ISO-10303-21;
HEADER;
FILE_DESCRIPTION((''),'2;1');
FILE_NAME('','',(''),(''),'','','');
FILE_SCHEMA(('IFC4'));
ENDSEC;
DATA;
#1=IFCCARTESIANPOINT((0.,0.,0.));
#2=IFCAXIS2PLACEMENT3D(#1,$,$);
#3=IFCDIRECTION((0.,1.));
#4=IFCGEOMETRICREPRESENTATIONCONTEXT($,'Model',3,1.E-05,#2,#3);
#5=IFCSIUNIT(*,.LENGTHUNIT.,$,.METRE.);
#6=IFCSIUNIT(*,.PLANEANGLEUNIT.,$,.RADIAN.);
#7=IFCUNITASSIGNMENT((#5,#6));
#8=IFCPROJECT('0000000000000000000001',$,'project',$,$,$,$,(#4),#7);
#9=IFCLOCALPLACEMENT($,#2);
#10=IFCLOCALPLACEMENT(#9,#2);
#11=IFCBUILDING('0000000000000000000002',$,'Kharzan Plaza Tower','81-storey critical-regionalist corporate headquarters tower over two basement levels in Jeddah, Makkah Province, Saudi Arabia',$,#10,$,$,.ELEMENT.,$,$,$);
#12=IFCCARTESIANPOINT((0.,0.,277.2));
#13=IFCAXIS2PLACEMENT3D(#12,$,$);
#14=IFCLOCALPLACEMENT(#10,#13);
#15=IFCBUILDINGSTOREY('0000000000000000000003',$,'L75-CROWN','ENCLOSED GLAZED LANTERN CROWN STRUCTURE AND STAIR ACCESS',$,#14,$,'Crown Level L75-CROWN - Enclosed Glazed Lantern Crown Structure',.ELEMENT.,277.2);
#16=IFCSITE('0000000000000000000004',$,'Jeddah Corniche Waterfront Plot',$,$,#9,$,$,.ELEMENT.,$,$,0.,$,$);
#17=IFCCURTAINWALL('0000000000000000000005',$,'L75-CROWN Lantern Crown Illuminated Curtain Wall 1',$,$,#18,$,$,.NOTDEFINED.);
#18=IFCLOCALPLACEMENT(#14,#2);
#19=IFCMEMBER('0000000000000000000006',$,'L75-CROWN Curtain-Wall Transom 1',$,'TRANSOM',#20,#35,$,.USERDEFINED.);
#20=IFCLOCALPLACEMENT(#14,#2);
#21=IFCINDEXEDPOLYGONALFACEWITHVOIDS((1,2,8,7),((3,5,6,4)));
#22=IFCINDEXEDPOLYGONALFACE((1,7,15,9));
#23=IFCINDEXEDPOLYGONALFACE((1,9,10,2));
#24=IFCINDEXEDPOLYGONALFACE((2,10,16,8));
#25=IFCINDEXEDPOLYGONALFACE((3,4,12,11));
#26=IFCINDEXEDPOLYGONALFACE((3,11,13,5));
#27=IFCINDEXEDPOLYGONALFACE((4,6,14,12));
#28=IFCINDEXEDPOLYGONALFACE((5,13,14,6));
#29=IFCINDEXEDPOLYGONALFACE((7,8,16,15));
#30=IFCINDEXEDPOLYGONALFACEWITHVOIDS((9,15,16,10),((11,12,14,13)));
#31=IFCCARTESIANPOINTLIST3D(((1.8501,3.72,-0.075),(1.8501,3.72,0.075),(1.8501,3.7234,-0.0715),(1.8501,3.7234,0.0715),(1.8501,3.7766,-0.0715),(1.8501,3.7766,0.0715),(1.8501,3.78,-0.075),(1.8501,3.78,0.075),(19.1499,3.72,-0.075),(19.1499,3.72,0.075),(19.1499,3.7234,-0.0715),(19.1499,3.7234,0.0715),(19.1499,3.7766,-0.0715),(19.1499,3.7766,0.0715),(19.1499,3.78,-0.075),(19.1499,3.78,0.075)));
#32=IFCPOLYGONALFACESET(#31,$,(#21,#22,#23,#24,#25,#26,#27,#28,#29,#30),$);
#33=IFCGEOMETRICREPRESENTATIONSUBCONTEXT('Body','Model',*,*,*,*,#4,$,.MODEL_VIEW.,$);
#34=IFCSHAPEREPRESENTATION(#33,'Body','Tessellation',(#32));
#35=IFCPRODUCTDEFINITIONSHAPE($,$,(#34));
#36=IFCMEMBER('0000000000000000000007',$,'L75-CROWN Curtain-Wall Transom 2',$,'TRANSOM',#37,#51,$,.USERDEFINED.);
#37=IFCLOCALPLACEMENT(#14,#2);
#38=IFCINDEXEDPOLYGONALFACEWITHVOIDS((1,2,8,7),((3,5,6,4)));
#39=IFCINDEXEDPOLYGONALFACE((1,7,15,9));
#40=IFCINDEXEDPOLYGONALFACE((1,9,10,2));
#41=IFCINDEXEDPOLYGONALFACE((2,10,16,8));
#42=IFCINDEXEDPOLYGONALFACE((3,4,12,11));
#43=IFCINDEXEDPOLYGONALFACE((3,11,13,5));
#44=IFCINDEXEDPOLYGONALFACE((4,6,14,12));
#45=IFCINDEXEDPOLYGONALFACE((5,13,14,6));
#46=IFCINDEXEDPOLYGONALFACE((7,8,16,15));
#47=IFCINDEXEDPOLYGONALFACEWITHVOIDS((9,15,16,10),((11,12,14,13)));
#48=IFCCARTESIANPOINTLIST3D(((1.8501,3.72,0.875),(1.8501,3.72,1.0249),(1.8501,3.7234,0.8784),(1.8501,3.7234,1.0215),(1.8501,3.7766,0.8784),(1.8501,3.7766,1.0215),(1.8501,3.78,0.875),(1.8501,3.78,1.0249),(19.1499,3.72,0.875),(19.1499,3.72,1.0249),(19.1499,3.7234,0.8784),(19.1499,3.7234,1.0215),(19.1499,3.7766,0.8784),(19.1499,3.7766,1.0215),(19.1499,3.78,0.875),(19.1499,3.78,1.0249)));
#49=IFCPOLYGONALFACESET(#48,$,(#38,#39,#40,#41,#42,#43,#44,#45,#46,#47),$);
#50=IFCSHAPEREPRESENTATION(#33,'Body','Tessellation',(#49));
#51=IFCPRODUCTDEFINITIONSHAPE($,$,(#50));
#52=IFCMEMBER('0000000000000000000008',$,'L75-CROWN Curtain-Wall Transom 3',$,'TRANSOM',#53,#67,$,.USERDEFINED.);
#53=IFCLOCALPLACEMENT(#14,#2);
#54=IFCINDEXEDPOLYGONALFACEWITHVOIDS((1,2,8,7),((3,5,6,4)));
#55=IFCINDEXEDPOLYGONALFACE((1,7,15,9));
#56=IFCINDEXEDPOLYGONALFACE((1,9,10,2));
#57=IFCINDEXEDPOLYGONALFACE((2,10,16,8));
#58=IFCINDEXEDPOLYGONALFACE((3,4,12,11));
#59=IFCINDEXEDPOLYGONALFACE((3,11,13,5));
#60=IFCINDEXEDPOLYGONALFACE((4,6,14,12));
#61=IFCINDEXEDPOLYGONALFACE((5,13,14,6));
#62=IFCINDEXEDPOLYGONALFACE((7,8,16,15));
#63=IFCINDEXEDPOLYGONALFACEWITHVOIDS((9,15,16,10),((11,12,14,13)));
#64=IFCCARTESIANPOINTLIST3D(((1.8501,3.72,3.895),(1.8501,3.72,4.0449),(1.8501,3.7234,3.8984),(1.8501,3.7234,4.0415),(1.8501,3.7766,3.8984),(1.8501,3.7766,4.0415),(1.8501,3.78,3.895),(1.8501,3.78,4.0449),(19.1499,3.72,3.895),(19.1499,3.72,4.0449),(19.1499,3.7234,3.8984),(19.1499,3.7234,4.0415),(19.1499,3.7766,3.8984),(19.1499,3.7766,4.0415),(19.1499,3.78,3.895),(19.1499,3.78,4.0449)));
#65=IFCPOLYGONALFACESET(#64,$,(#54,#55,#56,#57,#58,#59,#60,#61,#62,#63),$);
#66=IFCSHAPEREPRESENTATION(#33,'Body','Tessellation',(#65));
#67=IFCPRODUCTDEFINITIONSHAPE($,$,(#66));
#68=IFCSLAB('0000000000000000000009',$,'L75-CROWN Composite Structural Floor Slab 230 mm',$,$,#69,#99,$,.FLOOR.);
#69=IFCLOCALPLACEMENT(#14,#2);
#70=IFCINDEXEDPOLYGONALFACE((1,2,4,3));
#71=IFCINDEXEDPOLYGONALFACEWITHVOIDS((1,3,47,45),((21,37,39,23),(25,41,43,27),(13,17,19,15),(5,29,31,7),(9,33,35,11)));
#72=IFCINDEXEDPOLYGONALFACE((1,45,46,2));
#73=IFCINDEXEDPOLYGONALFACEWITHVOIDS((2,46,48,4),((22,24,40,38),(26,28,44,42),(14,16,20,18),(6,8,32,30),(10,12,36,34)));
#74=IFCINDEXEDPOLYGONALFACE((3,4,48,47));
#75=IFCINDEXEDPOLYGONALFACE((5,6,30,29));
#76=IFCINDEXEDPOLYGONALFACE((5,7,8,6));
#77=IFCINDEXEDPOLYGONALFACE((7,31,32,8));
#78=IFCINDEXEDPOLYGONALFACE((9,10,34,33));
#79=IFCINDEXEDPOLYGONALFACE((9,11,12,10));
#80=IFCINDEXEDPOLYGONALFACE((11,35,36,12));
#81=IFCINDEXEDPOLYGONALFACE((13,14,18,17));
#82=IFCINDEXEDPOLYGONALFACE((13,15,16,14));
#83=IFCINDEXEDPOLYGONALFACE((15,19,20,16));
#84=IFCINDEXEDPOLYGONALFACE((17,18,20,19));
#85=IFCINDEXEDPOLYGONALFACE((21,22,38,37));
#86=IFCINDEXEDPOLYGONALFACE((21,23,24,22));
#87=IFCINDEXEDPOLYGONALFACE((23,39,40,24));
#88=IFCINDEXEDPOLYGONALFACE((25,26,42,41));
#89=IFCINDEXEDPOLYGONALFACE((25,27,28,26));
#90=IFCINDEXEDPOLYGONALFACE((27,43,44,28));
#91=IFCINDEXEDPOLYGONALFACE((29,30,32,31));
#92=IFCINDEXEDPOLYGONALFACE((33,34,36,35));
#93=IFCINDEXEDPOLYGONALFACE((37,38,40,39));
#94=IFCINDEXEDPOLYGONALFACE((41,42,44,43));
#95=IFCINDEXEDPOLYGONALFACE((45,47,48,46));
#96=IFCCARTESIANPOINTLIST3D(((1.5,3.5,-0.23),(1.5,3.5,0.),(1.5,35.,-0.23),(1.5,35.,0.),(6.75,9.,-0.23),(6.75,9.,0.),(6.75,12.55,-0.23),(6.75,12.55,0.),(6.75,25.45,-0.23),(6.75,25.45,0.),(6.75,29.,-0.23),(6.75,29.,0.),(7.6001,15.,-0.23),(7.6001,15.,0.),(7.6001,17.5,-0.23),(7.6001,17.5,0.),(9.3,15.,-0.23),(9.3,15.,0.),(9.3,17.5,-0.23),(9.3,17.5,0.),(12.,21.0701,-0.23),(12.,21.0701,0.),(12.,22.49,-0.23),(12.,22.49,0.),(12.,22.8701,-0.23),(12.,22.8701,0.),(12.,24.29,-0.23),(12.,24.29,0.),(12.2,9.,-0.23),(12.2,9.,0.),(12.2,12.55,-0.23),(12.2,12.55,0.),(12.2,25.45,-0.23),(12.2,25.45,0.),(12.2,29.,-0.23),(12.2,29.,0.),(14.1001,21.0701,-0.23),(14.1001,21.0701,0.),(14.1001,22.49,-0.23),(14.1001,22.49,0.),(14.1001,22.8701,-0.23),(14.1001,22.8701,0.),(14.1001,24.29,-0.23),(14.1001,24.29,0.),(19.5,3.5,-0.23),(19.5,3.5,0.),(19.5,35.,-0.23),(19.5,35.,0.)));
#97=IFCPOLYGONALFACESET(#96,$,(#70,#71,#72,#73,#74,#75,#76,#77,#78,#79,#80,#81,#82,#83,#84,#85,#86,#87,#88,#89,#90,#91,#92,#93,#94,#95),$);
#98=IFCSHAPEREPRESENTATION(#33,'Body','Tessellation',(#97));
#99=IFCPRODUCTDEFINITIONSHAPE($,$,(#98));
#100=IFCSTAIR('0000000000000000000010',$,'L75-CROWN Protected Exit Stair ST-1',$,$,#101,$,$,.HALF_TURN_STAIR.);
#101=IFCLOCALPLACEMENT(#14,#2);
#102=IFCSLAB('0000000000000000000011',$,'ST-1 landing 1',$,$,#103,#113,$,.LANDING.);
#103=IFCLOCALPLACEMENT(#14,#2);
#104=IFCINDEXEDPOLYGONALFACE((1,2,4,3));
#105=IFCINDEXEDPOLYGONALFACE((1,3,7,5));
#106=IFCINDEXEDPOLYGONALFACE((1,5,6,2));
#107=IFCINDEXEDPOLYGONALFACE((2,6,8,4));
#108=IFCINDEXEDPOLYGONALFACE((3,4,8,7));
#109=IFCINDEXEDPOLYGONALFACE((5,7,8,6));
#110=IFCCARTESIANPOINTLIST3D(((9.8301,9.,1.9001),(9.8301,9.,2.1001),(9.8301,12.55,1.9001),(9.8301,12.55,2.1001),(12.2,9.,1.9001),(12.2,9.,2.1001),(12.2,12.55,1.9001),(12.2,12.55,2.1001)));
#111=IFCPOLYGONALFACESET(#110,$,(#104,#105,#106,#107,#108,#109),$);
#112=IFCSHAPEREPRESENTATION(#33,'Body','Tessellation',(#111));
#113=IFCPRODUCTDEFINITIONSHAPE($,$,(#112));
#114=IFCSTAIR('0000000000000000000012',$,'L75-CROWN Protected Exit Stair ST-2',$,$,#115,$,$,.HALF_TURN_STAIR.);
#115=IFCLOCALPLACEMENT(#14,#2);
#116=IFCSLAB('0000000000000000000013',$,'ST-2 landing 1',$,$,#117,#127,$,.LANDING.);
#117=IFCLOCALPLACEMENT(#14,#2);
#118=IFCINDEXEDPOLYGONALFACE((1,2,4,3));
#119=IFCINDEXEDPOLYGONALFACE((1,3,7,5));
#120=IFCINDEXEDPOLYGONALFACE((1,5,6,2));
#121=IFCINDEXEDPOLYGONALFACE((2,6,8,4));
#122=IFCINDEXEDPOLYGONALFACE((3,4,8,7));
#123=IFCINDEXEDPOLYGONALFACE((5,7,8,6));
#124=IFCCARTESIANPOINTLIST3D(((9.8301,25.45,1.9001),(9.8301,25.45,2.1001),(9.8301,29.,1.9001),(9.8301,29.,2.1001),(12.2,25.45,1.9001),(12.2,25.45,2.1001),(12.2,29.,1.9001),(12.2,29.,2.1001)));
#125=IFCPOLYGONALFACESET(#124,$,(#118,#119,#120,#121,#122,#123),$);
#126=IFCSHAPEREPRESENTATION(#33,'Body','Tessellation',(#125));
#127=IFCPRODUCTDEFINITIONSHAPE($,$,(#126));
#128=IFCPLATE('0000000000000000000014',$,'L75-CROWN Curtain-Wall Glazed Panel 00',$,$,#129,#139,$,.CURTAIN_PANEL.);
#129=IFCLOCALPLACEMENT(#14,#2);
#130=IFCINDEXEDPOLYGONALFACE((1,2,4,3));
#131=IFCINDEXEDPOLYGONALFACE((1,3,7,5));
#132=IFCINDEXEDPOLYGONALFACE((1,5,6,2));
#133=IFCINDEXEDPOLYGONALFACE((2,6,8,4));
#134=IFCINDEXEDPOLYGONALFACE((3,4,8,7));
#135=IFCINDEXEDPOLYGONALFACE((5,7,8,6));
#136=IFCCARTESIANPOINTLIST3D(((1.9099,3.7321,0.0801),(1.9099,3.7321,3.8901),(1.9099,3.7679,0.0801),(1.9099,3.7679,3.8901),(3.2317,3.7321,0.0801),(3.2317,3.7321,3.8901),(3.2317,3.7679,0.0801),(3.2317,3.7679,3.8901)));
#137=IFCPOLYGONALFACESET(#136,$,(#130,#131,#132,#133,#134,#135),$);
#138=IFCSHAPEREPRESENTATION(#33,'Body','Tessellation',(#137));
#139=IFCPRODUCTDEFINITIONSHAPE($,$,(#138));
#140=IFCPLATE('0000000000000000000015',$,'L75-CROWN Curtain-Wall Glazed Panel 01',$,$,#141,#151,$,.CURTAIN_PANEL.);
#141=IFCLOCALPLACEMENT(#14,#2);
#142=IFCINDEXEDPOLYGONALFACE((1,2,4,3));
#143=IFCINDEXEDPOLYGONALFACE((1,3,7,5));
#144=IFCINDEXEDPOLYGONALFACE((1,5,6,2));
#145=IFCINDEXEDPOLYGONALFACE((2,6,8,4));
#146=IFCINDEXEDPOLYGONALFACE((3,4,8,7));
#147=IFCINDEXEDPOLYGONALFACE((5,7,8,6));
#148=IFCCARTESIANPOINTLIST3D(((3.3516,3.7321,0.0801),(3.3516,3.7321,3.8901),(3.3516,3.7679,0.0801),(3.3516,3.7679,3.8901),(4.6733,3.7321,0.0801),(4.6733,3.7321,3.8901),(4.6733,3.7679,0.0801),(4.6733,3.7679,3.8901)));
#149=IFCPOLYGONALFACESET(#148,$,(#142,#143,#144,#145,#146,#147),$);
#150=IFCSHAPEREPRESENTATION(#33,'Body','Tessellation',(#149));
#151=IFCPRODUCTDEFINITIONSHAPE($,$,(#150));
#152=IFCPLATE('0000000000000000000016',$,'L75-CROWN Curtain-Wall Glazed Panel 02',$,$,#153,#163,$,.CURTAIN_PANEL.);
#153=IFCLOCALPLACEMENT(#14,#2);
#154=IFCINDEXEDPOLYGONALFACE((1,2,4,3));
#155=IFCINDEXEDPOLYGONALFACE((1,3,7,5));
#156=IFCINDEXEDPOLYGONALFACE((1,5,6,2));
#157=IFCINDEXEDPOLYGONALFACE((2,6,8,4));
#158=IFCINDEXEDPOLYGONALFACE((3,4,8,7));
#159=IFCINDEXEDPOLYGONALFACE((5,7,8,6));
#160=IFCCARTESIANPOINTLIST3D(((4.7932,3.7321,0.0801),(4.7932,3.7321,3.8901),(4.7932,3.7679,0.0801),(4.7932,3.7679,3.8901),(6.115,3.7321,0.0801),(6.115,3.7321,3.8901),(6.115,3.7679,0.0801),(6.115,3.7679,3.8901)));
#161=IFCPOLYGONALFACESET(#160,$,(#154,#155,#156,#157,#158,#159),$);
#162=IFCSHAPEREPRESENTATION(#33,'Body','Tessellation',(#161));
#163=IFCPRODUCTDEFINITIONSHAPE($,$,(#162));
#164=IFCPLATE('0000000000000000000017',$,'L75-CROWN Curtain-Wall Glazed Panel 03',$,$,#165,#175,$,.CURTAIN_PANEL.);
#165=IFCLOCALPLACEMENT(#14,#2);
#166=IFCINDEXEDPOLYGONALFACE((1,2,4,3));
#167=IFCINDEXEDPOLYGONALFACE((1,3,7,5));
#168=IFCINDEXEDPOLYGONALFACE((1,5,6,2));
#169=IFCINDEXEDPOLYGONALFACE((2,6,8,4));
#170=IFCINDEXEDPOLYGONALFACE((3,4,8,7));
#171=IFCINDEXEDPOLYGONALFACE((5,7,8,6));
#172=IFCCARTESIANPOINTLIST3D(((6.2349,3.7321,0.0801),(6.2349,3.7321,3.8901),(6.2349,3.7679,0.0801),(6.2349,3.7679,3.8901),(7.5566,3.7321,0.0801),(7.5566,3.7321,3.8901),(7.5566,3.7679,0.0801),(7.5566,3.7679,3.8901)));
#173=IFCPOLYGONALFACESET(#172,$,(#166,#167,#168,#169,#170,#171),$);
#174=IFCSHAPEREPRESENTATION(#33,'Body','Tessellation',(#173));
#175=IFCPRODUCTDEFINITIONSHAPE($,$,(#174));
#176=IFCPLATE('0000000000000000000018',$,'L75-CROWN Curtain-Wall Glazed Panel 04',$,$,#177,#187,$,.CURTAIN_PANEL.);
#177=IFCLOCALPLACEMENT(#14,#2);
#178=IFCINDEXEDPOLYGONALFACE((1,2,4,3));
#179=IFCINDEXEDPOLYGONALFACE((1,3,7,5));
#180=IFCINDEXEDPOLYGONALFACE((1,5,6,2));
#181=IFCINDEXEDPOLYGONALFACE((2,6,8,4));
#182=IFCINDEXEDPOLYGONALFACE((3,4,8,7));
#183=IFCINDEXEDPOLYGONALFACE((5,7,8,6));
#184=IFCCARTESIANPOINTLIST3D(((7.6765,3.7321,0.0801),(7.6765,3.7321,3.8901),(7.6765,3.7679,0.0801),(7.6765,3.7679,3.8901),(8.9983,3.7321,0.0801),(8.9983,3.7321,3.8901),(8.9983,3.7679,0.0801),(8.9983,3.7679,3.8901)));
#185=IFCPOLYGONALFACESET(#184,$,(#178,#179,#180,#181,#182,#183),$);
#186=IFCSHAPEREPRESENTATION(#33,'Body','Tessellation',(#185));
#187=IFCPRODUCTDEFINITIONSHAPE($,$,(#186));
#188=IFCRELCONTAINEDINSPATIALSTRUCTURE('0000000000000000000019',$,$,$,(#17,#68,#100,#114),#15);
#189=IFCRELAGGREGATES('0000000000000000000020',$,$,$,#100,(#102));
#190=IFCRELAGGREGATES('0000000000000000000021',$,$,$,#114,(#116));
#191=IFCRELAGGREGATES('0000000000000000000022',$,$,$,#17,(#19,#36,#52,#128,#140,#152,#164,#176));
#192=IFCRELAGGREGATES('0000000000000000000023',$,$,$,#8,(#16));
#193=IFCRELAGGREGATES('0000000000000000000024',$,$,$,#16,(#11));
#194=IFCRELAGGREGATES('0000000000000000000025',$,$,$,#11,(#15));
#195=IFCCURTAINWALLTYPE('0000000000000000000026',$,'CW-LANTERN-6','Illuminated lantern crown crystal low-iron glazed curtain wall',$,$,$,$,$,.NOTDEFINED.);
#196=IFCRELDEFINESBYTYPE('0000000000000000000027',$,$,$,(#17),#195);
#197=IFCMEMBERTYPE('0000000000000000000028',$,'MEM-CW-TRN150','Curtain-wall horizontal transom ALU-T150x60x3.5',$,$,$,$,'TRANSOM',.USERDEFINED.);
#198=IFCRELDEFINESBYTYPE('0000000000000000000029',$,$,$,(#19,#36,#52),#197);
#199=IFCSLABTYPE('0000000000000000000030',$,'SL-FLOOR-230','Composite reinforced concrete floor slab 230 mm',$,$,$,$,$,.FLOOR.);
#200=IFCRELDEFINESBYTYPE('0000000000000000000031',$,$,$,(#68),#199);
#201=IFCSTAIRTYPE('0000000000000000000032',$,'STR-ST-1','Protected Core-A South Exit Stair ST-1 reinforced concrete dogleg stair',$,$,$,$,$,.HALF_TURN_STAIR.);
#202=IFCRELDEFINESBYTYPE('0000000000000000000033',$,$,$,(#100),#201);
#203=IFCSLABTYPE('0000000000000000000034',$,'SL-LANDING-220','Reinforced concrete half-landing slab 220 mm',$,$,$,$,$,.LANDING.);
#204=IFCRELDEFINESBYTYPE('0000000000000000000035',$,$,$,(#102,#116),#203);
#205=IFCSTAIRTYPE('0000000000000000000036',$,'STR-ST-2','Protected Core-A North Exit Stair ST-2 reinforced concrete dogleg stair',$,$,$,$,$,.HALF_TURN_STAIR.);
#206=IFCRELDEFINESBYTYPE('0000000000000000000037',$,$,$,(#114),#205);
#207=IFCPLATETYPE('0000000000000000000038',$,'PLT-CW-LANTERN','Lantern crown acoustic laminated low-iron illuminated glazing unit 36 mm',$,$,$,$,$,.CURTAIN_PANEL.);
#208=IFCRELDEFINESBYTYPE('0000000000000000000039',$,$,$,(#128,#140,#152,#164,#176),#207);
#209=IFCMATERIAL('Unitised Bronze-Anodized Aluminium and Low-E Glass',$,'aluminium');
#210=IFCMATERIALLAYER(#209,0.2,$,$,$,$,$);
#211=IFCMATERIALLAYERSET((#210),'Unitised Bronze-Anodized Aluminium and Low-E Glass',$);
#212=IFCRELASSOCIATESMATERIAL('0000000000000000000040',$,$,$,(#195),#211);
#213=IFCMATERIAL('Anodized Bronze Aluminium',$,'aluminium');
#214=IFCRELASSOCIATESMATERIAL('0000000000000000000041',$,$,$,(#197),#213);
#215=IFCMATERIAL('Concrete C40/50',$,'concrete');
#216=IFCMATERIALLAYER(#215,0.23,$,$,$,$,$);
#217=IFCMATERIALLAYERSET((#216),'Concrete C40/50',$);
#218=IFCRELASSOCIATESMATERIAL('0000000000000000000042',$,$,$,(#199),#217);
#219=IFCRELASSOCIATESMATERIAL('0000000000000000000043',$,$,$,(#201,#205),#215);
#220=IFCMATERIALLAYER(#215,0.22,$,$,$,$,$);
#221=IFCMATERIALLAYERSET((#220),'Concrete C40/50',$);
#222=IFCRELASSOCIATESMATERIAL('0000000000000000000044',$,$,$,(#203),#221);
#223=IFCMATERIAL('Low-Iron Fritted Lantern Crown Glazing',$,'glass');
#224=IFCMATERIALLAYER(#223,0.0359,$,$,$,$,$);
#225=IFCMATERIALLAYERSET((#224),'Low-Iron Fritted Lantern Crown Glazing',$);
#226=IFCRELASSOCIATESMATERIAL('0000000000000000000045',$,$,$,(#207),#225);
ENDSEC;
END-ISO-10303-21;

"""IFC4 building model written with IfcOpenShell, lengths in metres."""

from ifc_helpers import new_model, si_unit, direction, frame, origin, origin_2d, place, context, subcontext, project, spatial, polyline, rectangle, hollow_rectangle, outline, extrude, source, transform, mapped, material, layer, layer_set, material_profile, profile_set, type_object, element, aggregate, save


model = new_model("IFC4")

# Units and contexts
model_context = context("Model", 3, precision=1e-05, world=origin(), true_north=direction((0.0, 1.0)))
body_context = subcontext(model_context, "Body", "Model", "MODEL_VIEW")
ifc_project = project(units=[si_unit("LENGTHUNIT", "METRE"), si_unit("PLANEANGLEUNIT", "RADIAN")], contexts=[model_context])

# Site, building, storey
site_placement = place(None, origin())
site = spatial("IfcSite", under=ifc_project, at=site_placement, Name="Jeddah Corniche Waterfront Plot", CompositionType="ELEMENT", RefElevation=0.0)
building_placement = place(site_placement, origin())
building = spatial("IfcBuilding", under=site, at=building_placement, Name="Kharzan Plaza Tower", Description="81-storey critical-regionalist corporate headquarters tower over two basement levels in Jeddah, Makkah Province, Saudi Arabia", CompositionType="ELEMENT")
storey_placement = place(building_placement, frame((0.0, 0.0, 277.2)))
storey = spatial("IfcBuildingStorey", under=building, at=storey_placement, Name="L75-CROWN", Description="ENCLOSED GLAZED LANTERN CROWN STRUCTURE AND STAIR ACCESS", LongName="Crown Level L75-CROWN - Enclosed Glazed Lantern Crown Structure", CompositionType="ELEMENT", Elevation=277.2)

# Curtain wall
ifc_material_1 = material(Name="Unitised Bronze-Anodized Aluminium and Low-E Glass", Category="aluminium")
ifc_layer_1 = layer(ifc_material_1, 0.2)
ifc_layer_set_1 = layer_set([ifc_layer_1], Name="Unitised Bronze-Anodized Aluminium and Low-E Glass")
curtain_wall_type = type_object("IfcCurtainWallType", Name="CW-LANTERN-6", Description="Illuminated lantern crown crystal low-iron glazed curtain wall", PredefinedType="NOTDEFINED", material=ifc_layer_set_1)
curtain_wall_1_placement = place(storey_placement, origin())
curtain_wall_1 = element("IfcCurtainWall", 1, at=curtain_wall_1_placement, inside=storey, type_object=curtain_wall_type, Name="L75-CROWN Lantern Crown Illuminated Curtain Wall 1", PredefinedType="NOTDEFINED")
ifc_material_2 = material(Name="Anodized Bronze Aluminium", Category="aluminium")

# Members
ifc_material_profile_1 = material_profile(ifc_material_2, hollow_rectangle(XDim=0.0601, YDim=0.1499, WallThickness=0.0034, at=origin_2d()), Name="ALU-T150x60x3.5")
ifc_profile_set_1 = profile_set([ifc_material_profile_1], Name="Anodized Bronze Aluminium")
member_type_1 = type_object("IfcMemberType", Name="MEM-CW-TRN150", Description="Curtain-wall horizontal transom ALU-T150x60x3.5", ElementType="TRANSOM", PredefinedType="USERDEFINED", material=ifc_profile_set_1)
shared_shape_1 = source(origin(), body_context, "Body", "SweptSolid", [
    extrude(hollow_rectangle(XDim=0.0601, YDim=0.1499, WallThickness=0.0034, at=origin_2d()), origin(), (0.0, 0.0, 1.0), 17.2998),
])
member_1_placement = place(storey_placement, frame((1.8501, 3.75, 0.0), z_axis=(1.0, 0.0, 0.0), x_axis=(0.0, 1.0, 0.0)))
member_1 = element("IfcMember", 2, at=member_1_placement, type_object=member_type_1, Name="L75-CROWN Curtain-Wall Transom 1", ObjectType="TRANSOM", PredefinedType="USERDEFINED", context=body_context, shape_type="MappedRepresentation", body=[
    mapped(shared_shape_1, transform((0.0, 0.0, 0.0), x_axis=(1.0, 0.0, 0.0), y_axis=(0.0, 1.0, 0.0), z_axis=(0.0, 0.0, 1.0))),
])
member_2_placement = place(storey_placement, frame((1.8501, 3.75, 0.95), z_axis=(1.0, 0.0, 0.0), x_axis=(0.0, 1.0, 0.0)))
member_2 = element("IfcMember", 3, at=member_2_placement, type_object=member_type_1, Name="L75-CROWN Curtain-Wall Transom 2", ObjectType="TRANSOM", PredefinedType="USERDEFINED", context=body_context, shape_type="MappedRepresentation", body=[
    mapped(shared_shape_1, transform((0.0, 0.0, 0.0), x_axis=(1.0, 0.0, 0.0), y_axis=(0.0, 1.0, 0.0), z_axis=(0.0, 0.0, 1.0))),
])
member_3_placement = place(storey_placement, frame((1.8501, 3.75, 3.97), z_axis=(1.0, 0.0, 0.0), x_axis=(0.0, 1.0, 0.0)))
member_3 = element("IfcMember", 4, at=member_3_placement, type_object=member_type_1, Name="L75-CROWN Curtain-Wall Transom 3", ObjectType="TRANSOM", PredefinedType="USERDEFINED", context=body_context, shape_type="MappedRepresentation", body=[
    mapped(shared_shape_1, transform((0.0, 0.0, 0.0), x_axis=(1.0, 0.0, 0.0), y_axis=(0.0, 1.0, 0.0), z_axis=(0.0, 0.0, 1.0))),
])

# Slab
ifc_material_3 = material(Name="Concrete C40/50", Category="concrete")
ifc_layer_2 = layer(ifc_material_3, 0.23)
ifc_layer_set_2 = layer_set([ifc_layer_2], Name="Concrete C40/50")
slab_type_1 = type_object("IfcSlabType", Name="SL-FLOOR-230", Description="Composite reinforced concrete floor slab 230 mm", PredefinedType="FLOOR", material=ifc_layer_set_2)
slab_1_placement = place(storey_placement, frame((0.0, 0.0, -0.23)))
element("IfcSlab", 5, at=slab_1_placement, inside=storey, type_object=slab_type_1, Name="L75-CROWN Composite Structural Floor Slab 230 mm", PredefinedType="FLOOR", context=body_context, shape_type="SweptSolid", body=[
    extrude(outline(polyline([(1.5, 3.5), (19.5, 3.5), (19.5, 35.0), (1.5, 35.0), (1.5, 3.5)]), holes=[polyline([(6.75, 12.55), (6.75, 9.0), (12.2, 9.0), (12.2, 12.55), (6.75, 12.55)]), polyline([(7.6001, 17.5), (7.6001, 15.0), (9.3, 15.0), (9.3, 17.5), (7.6001, 17.5)]), polyline([(12.0, 22.49), (12.0, 21.0701), (14.1001, 21.0701), (14.1001, 22.49), (12.0, 22.49)]), polyline([(14.1001, 24.29), (12.0, 24.29), (12.0, 22.8701), (14.1001, 22.8701), (14.1001, 24.29)]), polyline([(12.2, 29.0), (6.75, 29.0), (6.75, 25.45), (12.2, 25.45), (12.2, 29.0)])]), origin(), (0.0, 0.0, 1.0), 0.23),
])

# Stairs, slabs
stair_type_1 = type_object("IfcStairType", Name="STR-ST-1", Description="Protected Core-A South Exit Stair ST-1 reinforced concrete dogleg stair", PredefinedType="HALF_TURN_STAIR", material=ifc_material_3)
stair_1_placement = place(storey_placement, origin())
stair_1 = element("IfcStair", 6, at=stair_1_placement, inside=storey, type_object=stair_type_1, Name="L75-CROWN Protected Exit Stair ST-1", PredefinedType="HALF_TURN_STAIR")
ifc_layer_3 = layer(ifc_material_3, 0.22)
ifc_layer_set_3 = layer_set([ifc_layer_3], Name="Concrete C40/50")
slab_type_2 = type_object("IfcSlabType", Name="SL-LANDING-220", Description="Reinforced concrete half-landing slab 220 mm", PredefinedType="LANDING", material=ifc_layer_set_3)
slab_2_placement = place(storey_placement, frame((0.0, 0.0, 1.9001)))
slab_2 = element("IfcSlab", 7, at=slab_2_placement, type_object=slab_type_2, Name="ST-1 landing 1", PredefinedType="LANDING", context=body_context, shape_type="SweptSolid", body=[
    extrude(outline(polyline([(9.8301, 9.0), (12.2, 9.0), (12.2, 12.55), (9.8301, 12.55), (9.8301, 9.0)])), origin(), (0.0, 0.0, 1.0), 0.2),
])
aggregate(stair_1, [slab_2])
stair_type_2 = type_object("IfcStairType", Name="STR-ST-2", Description="Protected Core-A North Exit Stair ST-2 reinforced concrete dogleg stair", PredefinedType="HALF_TURN_STAIR", material=ifc_material_3)
stair_2_placement = place(storey_placement, origin())
stair_2 = element("IfcStair", 8, at=stair_2_placement, inside=storey, type_object=stair_type_2, Name="L75-CROWN Protected Exit Stair ST-2", PredefinedType="HALF_TURN_STAIR")
slab_3_placement = place(storey_placement, frame((0.0, 0.0, 1.9001)))
slab_3 = element("IfcSlab", 9, at=slab_3_placement, type_object=slab_type_2, Name="ST-2 landing 1", PredefinedType="LANDING", context=body_context, shape_type="SweptSolid", body=[
    extrude(outline(polyline([(9.8301, 25.45), (12.2, 25.45), (12.2, 29.0), (9.8301, 29.0), (9.8301, 25.45)])), origin(), (0.0, 0.0, 1.0), 0.2),
])
aggregate(stair_2, [slab_3])

# Plates
ifc_material_4 = material(Name="Low-Iron Fritted Lantern Crown Glazing", Category="glass")
ifc_layer_4 = layer(ifc_material_4, 0.0359)
ifc_layer_set_4 = layer_set([ifc_layer_4], Name="Low-Iron Fritted Lantern Crown Glazing")
plate_type = type_object("IfcPlateType", Name="PLT-CW-LANTERN", Description="Lantern crown acoustic laminated low-iron illuminated glazing unit 36 mm", PredefinedType="CURTAIN_PANEL", material=ifc_layer_set_4)
shared_shape_2 = source(origin(), body_context, "Body", "SweptSolid", [
    extrude(rectangle(XDim=1.3218, YDim=0.0359, at=origin_2d()), origin(), (0.0, 0.0, 1.0), 3.8101),
])
plate_1_placement = place(storey_placement, frame((2.5708, 3.75, 0.0801), z_axis=(0.0, 0.0, 1.0), x_axis=(1.0, 0.0, 0.0)))
plate_1 = element("IfcPlate", 10, at=plate_1_placement, type_object=plate_type, Name="L75-CROWN Curtain-Wall Glazed Panel 00", PredefinedType="CURTAIN_PANEL", context=body_context, shape_type="MappedRepresentation", body=[
    mapped(shared_shape_2, transform((0.0, 0.0, 0.0), x_axis=(1.0, 0.0, 0.0), y_axis=(0.0, 1.0, 0.0), z_axis=(0.0, 0.0, 1.0))),
])
plate_2_placement = place(storey_placement, frame((4.0125, 3.75, 0.0801), z_axis=(0.0, 0.0, 1.0), x_axis=(1.0, 0.0, 0.0)))
plate_2 = element("IfcPlate", 11, at=plate_2_placement, type_object=plate_type, Name="L75-CROWN Curtain-Wall Glazed Panel 01", PredefinedType="CURTAIN_PANEL", context=body_context, shape_type="MappedRepresentation", body=[
    mapped(shared_shape_2, transform((0.0, 0.0, 0.0), x_axis=(1.0, 0.0, 0.0), y_axis=(0.0, 1.0, 0.0), z_axis=(0.0, 0.0, 1.0))),
])
plate_3_placement = place(storey_placement, frame((5.4541, 3.75, 0.0801), z_axis=(0.0, 0.0, 1.0), x_axis=(1.0, 0.0, 0.0)))
plate_3 = element("IfcPlate", 12, at=plate_3_placement, type_object=plate_type, Name="L75-CROWN Curtain-Wall Glazed Panel 02", PredefinedType="CURTAIN_PANEL", context=body_context, shape_type="MappedRepresentation", body=[
    mapped(shared_shape_2, transform((0.0, 0.0, 0.0), x_axis=(1.0, 0.0, 0.0), y_axis=(0.0, 1.0, 0.0), z_axis=(0.0, 0.0, 1.0))),
])
plate_4_placement = place(storey_placement, frame((6.8958, 3.75, 0.0801), z_axis=(0.0, 0.0, 1.0), x_axis=(1.0, 0.0, 0.0)))
plate_4 = element("IfcPlate", 13, at=plate_4_placement, type_object=plate_type, Name="L75-CROWN Curtain-Wall Glazed Panel 03", PredefinedType="CURTAIN_PANEL", context=body_context, shape_type="MappedRepresentation", body=[
    mapped(shared_shape_2, transform((0.0, 0.0, 0.0), x_axis=(1.0, 0.0, 0.0), y_axis=(0.0, 1.0, 0.0), z_axis=(0.0, 0.0, 1.0))),
])
plate_5_placement = place(storey_placement, frame((8.3374, 3.75, 0.0801), z_axis=(0.0, 0.0, 1.0), x_axis=(1.0, 0.0, 0.0)))
plate_5 = element("IfcPlate", 14, at=plate_5_placement, type_object=plate_type, Name="L75-CROWN Curtain-Wall Glazed Panel 04", PredefinedType="CURTAIN_PANEL", context=body_context, shape_type="MappedRepresentation", body=[
    mapped(shared_shape_2, transform((0.0, 0.0, 0.0), x_axis=(1.0, 0.0, 0.0), y_axis=(0.0, 1.0, 0.0), z_axis=(0.0, 0.0, 1.0))),
])
aggregate(curtain_wall_1, [member_1, member_2, member_3, plate_1, plate_2, plate_3, plate_4, plate_5])

save(model, "model.ifc")
